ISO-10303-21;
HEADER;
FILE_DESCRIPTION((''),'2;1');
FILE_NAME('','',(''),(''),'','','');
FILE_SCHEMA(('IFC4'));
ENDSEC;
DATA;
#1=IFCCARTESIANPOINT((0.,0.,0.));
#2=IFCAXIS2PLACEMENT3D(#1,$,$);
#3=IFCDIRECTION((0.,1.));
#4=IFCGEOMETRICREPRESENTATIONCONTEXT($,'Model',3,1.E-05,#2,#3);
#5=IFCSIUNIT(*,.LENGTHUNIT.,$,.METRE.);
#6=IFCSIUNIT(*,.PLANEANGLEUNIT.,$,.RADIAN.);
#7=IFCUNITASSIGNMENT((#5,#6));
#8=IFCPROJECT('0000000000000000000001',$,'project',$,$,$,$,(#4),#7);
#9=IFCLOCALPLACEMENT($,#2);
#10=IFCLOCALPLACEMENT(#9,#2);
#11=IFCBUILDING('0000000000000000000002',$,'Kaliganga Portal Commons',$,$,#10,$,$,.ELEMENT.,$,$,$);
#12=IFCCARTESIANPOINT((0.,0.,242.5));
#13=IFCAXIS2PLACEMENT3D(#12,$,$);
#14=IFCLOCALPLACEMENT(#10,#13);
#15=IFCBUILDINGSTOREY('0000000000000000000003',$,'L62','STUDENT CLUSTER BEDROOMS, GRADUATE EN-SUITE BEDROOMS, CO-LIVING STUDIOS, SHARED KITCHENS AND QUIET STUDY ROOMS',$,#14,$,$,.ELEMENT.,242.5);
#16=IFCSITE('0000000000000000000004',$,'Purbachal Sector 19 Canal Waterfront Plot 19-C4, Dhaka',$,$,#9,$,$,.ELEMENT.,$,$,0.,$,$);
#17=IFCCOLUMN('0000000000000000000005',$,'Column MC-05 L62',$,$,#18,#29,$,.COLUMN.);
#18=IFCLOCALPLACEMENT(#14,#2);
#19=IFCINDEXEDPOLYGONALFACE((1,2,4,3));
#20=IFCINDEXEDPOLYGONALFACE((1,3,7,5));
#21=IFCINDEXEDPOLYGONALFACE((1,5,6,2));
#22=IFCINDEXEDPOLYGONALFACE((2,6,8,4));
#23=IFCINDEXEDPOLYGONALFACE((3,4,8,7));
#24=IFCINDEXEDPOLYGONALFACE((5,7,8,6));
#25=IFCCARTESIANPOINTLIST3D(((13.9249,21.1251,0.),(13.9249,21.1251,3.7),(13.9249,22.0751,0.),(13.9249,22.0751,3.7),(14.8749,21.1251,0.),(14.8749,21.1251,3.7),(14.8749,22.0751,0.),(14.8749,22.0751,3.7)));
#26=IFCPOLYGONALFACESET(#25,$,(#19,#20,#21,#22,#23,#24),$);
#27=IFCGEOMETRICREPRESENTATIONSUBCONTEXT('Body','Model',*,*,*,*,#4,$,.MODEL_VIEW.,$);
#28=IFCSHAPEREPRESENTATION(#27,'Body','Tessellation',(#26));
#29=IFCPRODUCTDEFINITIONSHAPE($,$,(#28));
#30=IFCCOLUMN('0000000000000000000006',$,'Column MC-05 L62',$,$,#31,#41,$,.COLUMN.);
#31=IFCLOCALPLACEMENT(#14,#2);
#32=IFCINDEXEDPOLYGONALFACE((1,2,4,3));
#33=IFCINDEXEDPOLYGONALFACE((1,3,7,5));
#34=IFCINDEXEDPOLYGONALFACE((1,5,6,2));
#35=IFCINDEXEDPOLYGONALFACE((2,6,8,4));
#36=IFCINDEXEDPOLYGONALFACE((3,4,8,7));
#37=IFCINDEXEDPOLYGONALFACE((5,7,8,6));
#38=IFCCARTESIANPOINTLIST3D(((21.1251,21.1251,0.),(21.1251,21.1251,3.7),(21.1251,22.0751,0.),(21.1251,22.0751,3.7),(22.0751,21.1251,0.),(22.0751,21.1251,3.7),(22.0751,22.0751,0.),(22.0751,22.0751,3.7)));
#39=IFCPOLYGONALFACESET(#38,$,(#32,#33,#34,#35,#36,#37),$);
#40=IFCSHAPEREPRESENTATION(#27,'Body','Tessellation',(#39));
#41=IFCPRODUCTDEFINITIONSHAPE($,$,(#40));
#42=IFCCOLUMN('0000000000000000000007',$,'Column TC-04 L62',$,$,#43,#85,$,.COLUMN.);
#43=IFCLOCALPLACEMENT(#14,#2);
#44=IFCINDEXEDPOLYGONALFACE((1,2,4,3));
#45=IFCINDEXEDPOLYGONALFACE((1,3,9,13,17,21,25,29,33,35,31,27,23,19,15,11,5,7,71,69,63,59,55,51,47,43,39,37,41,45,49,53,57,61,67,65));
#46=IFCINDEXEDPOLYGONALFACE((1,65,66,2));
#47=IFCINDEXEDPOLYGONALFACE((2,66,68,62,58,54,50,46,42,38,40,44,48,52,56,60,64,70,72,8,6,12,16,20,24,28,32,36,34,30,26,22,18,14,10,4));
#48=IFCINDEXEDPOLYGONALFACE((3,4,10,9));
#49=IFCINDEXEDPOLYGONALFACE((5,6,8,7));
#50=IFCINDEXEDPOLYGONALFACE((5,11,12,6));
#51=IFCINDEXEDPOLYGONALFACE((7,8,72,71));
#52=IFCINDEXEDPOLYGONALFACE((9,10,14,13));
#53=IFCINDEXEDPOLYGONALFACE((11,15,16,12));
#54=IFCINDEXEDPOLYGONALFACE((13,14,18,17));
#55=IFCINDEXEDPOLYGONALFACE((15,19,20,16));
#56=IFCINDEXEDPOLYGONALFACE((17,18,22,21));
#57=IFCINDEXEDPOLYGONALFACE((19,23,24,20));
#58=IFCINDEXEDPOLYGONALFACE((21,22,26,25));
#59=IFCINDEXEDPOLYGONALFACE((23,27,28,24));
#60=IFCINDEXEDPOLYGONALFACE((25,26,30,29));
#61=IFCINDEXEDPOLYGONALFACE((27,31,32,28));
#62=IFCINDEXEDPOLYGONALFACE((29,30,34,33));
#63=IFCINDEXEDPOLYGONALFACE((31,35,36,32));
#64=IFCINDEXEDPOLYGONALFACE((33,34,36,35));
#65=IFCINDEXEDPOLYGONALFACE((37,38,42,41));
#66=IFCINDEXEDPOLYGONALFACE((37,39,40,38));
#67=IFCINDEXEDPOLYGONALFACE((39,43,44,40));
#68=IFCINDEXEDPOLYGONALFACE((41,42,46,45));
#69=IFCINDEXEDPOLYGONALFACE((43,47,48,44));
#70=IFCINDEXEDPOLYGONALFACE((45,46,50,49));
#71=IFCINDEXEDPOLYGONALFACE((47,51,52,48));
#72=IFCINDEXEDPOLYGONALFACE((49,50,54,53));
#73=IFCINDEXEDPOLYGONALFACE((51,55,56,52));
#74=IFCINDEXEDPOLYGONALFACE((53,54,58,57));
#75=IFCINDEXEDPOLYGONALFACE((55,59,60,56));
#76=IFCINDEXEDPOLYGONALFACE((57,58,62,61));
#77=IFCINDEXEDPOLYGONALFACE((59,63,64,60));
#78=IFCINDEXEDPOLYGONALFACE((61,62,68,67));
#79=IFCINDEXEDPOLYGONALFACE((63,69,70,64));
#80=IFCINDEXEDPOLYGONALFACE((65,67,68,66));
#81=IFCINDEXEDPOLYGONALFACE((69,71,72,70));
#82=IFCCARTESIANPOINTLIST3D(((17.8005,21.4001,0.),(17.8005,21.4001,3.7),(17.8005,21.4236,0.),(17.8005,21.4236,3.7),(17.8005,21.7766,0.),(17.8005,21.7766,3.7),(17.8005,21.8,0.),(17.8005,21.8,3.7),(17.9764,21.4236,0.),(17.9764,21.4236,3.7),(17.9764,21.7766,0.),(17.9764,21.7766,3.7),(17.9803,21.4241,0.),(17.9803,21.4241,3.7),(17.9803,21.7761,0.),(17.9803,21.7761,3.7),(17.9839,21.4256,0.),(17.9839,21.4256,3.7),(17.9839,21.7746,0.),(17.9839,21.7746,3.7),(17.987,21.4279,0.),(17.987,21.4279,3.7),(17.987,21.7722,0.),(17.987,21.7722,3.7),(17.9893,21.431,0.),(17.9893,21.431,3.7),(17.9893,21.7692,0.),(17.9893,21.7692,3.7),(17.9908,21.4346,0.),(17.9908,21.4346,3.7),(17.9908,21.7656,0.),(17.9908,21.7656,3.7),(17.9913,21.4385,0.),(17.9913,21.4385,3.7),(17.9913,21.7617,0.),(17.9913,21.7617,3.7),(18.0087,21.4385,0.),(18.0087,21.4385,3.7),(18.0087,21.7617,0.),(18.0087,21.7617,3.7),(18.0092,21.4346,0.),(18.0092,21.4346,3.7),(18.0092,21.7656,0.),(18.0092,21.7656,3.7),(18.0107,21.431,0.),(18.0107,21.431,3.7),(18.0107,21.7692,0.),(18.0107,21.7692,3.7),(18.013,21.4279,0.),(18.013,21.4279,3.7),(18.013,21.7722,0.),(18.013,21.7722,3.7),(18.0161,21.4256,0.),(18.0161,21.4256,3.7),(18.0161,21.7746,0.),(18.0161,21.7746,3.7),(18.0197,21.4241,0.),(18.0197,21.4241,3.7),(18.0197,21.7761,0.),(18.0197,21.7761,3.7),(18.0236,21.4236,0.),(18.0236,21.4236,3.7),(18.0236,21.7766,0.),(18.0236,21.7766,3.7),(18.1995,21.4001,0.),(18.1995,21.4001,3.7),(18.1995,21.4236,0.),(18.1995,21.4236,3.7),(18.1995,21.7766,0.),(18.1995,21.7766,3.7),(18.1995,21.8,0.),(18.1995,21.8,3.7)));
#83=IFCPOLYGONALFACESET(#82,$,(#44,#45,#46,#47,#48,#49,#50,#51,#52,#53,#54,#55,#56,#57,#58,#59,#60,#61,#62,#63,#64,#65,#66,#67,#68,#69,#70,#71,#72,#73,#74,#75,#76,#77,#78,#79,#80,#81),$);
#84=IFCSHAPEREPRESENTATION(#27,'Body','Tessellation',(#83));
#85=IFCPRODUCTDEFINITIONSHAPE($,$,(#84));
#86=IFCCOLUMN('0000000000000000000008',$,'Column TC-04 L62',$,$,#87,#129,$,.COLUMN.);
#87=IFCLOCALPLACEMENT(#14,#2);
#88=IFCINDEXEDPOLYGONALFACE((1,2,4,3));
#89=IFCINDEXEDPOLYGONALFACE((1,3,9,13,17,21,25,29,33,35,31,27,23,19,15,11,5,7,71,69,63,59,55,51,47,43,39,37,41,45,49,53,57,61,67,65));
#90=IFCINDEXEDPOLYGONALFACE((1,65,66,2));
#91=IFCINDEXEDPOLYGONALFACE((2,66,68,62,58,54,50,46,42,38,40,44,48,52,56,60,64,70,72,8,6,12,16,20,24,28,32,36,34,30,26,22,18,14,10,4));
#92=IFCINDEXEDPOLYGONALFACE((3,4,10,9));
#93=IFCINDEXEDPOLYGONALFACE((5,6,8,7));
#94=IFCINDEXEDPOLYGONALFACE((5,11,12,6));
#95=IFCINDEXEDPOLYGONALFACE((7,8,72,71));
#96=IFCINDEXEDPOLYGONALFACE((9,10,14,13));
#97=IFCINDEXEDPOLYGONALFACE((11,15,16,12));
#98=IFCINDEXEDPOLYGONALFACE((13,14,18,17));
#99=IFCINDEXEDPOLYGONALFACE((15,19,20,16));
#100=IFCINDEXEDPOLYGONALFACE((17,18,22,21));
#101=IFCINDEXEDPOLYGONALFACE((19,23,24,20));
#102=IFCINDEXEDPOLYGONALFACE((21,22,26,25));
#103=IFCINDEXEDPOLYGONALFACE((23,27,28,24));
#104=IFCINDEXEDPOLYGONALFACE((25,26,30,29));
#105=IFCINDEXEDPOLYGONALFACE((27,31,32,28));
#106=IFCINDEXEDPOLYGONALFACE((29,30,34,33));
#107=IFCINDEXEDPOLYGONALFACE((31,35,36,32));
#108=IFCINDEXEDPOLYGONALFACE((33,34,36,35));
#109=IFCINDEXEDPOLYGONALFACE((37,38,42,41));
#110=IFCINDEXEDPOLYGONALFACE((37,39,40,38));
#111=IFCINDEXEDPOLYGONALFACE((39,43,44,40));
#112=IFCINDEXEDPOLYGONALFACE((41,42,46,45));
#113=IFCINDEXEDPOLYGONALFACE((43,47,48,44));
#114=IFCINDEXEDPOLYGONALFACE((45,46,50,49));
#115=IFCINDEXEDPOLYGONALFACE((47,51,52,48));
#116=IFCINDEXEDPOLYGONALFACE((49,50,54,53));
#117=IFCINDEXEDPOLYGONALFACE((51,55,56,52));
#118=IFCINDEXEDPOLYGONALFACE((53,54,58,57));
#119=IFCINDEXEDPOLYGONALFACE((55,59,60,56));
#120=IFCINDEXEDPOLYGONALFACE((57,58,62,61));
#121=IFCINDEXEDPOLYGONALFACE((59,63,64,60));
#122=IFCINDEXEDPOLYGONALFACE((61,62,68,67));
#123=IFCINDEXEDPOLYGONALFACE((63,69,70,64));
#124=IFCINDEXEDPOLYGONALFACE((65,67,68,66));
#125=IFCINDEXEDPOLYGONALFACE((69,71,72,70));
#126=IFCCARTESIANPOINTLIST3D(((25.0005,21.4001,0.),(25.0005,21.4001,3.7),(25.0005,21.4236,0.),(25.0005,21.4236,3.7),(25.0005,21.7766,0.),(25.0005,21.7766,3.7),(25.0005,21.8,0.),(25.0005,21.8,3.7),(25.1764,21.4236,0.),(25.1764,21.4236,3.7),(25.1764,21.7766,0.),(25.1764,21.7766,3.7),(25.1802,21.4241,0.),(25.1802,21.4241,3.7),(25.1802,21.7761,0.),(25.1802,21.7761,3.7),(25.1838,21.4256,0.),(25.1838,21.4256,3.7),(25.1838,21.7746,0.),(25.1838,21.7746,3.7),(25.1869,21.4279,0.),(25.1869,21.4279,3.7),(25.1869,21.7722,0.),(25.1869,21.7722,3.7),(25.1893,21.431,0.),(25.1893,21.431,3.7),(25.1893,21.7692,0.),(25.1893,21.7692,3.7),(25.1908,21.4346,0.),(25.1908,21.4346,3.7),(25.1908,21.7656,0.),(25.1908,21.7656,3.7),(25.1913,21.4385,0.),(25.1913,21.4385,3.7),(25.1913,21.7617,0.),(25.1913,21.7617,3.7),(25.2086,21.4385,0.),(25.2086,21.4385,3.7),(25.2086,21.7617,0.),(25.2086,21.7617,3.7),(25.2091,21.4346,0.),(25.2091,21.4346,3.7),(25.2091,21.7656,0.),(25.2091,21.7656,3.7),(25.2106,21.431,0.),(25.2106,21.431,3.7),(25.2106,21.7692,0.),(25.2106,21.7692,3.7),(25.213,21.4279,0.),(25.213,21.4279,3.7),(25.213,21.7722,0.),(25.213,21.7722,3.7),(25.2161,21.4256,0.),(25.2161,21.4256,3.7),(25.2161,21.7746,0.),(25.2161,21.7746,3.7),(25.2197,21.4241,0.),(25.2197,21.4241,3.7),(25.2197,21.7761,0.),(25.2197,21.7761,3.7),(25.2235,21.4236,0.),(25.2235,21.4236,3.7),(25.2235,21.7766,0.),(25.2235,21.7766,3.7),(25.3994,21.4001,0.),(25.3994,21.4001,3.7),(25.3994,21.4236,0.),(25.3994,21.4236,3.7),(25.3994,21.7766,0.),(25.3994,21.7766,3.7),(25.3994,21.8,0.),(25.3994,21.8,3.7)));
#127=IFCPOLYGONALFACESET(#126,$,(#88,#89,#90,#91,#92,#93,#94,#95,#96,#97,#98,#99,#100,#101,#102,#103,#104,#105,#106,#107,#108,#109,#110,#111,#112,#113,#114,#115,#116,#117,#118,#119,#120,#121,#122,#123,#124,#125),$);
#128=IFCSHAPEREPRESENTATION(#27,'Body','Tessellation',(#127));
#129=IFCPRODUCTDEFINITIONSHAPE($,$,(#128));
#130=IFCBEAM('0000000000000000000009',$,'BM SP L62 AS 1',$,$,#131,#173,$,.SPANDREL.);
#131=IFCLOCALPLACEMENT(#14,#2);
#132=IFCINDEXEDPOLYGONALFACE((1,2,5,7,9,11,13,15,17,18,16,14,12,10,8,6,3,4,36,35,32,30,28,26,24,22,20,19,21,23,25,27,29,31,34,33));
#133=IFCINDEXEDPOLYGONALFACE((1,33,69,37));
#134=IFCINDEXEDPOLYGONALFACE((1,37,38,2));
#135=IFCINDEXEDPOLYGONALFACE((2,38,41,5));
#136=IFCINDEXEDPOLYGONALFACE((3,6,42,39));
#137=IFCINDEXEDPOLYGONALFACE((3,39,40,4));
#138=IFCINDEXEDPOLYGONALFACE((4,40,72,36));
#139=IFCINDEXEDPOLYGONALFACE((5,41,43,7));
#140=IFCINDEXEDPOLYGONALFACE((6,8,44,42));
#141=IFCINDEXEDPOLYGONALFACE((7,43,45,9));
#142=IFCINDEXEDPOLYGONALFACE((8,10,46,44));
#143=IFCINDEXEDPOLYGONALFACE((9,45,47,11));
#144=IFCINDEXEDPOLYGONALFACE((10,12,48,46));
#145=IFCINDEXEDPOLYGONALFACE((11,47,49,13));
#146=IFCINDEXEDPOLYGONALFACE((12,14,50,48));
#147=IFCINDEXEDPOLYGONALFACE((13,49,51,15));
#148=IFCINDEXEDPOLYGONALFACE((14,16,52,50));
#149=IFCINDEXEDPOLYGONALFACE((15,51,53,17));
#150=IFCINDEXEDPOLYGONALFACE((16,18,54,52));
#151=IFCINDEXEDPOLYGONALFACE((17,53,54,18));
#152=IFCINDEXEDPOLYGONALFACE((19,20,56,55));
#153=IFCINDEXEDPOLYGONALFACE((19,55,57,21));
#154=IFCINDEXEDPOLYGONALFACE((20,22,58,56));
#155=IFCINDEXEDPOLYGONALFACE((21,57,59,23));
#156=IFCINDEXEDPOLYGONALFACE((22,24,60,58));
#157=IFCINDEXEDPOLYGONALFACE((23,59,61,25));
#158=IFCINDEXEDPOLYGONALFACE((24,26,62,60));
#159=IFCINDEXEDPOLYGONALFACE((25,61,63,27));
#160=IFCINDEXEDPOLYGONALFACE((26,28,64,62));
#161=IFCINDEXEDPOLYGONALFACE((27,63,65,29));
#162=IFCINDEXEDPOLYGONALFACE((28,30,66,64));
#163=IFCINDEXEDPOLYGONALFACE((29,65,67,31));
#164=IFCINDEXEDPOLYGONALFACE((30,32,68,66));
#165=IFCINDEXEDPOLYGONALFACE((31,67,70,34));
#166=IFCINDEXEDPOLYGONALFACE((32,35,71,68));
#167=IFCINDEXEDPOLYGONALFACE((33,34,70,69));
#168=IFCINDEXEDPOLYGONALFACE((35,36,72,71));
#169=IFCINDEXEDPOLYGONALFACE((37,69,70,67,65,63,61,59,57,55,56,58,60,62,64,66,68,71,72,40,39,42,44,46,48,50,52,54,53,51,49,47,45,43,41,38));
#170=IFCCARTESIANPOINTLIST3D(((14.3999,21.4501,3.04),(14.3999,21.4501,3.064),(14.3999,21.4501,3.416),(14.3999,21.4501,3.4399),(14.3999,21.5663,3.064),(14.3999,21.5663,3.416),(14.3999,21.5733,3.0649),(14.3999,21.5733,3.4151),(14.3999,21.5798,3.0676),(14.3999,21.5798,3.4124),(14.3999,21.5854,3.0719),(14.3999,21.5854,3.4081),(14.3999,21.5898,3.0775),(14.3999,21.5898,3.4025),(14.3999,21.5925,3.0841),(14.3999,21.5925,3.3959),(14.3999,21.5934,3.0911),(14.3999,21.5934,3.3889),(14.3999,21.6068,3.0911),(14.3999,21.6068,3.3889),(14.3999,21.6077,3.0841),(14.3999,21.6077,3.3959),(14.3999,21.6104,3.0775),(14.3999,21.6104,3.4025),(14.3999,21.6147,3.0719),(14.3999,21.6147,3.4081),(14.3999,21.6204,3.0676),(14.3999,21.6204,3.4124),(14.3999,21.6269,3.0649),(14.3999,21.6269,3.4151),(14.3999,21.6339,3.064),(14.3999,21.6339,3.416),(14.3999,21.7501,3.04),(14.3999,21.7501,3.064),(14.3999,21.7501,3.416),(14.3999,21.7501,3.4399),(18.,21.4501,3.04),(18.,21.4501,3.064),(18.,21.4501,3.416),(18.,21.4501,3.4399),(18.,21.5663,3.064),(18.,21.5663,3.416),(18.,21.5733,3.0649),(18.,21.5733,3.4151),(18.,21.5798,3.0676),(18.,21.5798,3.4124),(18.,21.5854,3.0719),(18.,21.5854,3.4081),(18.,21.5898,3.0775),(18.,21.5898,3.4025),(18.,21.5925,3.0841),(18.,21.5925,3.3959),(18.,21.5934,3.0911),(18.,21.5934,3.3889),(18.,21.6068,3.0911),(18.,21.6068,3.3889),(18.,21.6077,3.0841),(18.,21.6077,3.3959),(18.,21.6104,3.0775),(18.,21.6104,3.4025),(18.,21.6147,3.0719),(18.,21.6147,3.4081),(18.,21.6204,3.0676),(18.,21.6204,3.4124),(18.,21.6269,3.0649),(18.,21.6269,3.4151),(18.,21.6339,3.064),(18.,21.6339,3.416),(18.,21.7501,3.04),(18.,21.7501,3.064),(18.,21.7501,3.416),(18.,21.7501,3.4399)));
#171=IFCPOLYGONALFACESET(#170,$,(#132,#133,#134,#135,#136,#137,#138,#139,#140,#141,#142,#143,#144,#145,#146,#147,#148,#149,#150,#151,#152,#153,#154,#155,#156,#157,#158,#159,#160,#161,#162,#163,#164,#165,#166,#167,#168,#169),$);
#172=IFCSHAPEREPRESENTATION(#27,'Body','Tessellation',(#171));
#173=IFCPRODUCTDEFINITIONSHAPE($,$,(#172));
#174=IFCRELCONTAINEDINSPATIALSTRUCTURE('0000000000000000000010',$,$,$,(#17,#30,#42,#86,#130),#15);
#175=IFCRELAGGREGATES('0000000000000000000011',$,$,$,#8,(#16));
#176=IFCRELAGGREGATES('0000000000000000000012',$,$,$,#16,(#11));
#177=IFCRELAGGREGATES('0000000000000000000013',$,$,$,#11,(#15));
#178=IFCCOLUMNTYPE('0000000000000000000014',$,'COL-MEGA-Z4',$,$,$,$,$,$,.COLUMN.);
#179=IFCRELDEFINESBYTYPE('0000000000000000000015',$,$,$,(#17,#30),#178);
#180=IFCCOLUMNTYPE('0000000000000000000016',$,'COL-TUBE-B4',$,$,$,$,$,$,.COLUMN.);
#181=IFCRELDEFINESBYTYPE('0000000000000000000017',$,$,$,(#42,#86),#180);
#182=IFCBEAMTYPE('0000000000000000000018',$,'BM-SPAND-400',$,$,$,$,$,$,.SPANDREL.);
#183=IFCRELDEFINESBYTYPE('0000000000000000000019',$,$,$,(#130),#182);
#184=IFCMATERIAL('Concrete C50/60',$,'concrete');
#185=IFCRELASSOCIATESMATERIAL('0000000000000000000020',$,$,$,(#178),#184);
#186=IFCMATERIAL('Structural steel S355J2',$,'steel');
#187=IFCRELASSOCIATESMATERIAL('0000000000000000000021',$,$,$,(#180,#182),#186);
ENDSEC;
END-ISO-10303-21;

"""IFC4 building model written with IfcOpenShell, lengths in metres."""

from ifc_helpers import new_model, si_unit, direction, frame, origin, origin_2d, place, context, subcontext, project, spatial, rectangle, i_section, extrude, source, transform, mapped, material, material_profile, profile_set, type_object, element, save


model = new_model("IFC4")

# Units and contexts
model_context = context("Model", 3, precision=1e-05, world=origin(), true_north=direction((0.0, 1.0)))
body_context = subcontext(model_context, "Body", "Model", "MODEL_VIEW")
ifc_project = project(units=[si_unit("LENGTHUNIT", "METRE"), si_unit("PLANEANGLEUNIT", "RADIAN")], contexts=[model_context])

# Site, building, storey
site_placement = place(None, origin())
site = spatial("IfcSite", under=ifc_project, at=site_placement, Name="Purbachal Sector 19 Canal Waterfront Plot 19-C4, Dhaka", CompositionType="ELEMENT", RefElevation=0.0)
building_placement = place(site_placement, origin())
building = spatial("IfcBuilding", under=site, at=building_placement, Name="Kaliganga Portal Commons", CompositionType="ELEMENT")
storey_placement = place(building_placement, frame((0.0, 0.0, 242.5)))
storey = spatial("IfcBuildingStorey", under=building, at=storey_placement, Name="L62", Description="STUDENT CLUSTER BEDROOMS, GRADUATE EN-SUITE BEDROOMS, CO-LIVING STUDIOS, SHARED KITCHENS AND QUIET STUDY ROOMS", CompositionType="ELEMENT", Elevation=242.5)

# Columns
ifc_material_1 = material(Name="Concrete C50/60", Category="concrete")
ifc_material_profile_1 = material_profile(ifc_material_1, rectangle(XDim=0.95, YDim=0.95, at=origin_2d()), Name="RC 950x950")
ifc_profile_set_1 = profile_set([ifc_material_profile_1], Name="Concrete C50/60")
column_type_1 = type_object("IfcColumnType", Name="COL-MEGA-Z4", PredefinedType="COLUMN", material=ifc_profile_set_1)
shared_shape_1 = source(origin(), body_context, "Body", "SweptSolid", [
    extrude(rectangle(XDim=0.95, YDim=0.95, at=origin_2d()), origin(), (0.0, 0.0, 1.0), 3.7),
])
for number, where, z_axis, x_axis, name in (
    (1, (14.3999, 21.6001, 0.0), (0.0, 0.0, 1.0), (1.0, 0.0, 0.0), "Column MC-05 L62"),
    (2, (21.6001, 21.6001, 0.0), (0.0, 0.0, 1.0), (1.0, 0.0, 0.0), "Column MC-05 L62"),
):
    element("IfcColumn", number, at=place(storey_placement, frame(where, z_axis=z_axis, x_axis=x_axis)), inside=storey, type_object=column_type_1, Name=name, PredefinedType="COLUMN", context=body_context, shape_type="MappedRepresentation", body=[
        mapped(shared_shape_1, transform((0.0, 0.0, 0.0), x_axis=(1.0, 0.0, 0.0), y_axis=(0.0, 1.0, 0.0), z_axis=(0.0, 0.0, 1.0), scale=1.0)),
    ])
ifc_material_2 = material(Name="Structural steel S355J2", Category="steel")
ifc_material_profile_2 = material_profile(ifc_material_2, i_section(OverallWidth=0.3989, OverallDepth=0.3999, WebThickness=0.0173, FlangeThickness=0.0234, FilletRadius=0.0149, at=origin_2d()), Name="HD 400x287")
ifc_profile_set_2 = profile_set([ifc_material_profile_2], Name="Structural steel S355J2 wide-flange")
column_type_2 = type_object("IfcColumnType", Name="COL-TUBE-B4", PredefinedType="COLUMN", material=ifc_profile_set_2)
shared_shape_2 = source(origin(), body_context, "Body", "SweptSolid", [
    extrude(i_section(OverallWidth=0.3989, OverallDepth=0.3999, WebThickness=0.0173, FlangeThickness=0.0234, FilletRadius=0.0149, at=origin_2d()), origin(), (0.0, 0.0, 1.0), 3.7),
])
for number, where, z_axis, x_axis, name in (
    (3, (18.0, 21.6001, 0.0), (0.0, 0.0, 1.0), (1.0, 0.0, 0.0), "Column TC-04 L62"),
    (4, (25.2, 21.6001, 0.0), (0.0, 0.0, 1.0), (1.0, 0.0, 0.0), "Column TC-04 L62"),
):
    element("IfcColumn", number, at=place(storey_placement, frame(where, z_axis=z_axis, x_axis=x_axis)), inside=storey, type_object=column_type_2, Name=name, PredefinedType="COLUMN", context=body_context, shape_type="MappedRepresentation", body=[
        mapped(shared_shape_2, transform((0.0, 0.0, 0.0), x_axis=(1.0, 0.0, 0.0), y_axis=(0.0, 1.0, 0.0), z_axis=(0.0, 0.0, 1.0), scale=1.0)),
    ])

# Beam
ifc_material_profile_3 = material_profile(ifc_material_2, i_section(OverallWidth=0.3, OverallDepth=0.3999, WebThickness=0.0134, FlangeThickness=0.0239, FilletRadius=0.0271, at=origin_2d()), Name="HE 400 B")
ifc_profile_set_3 = profile_set([ifc_material_profile_3], Name="Structural steel S355J2 wide-flange")
beam_type_1 = type_object("IfcBeamType", Name="BM-SPAND-400", PredefinedType="SPANDREL", material=ifc_profile_set_3)
shared_shape_3 = source(origin(), body_context, "Body", "SweptSolid", [
    extrude(i_section(OverallWidth=0.3, OverallDepth=0.3999, WebThickness=0.0134, FlangeThickness=0.0239, FilletRadius=0.0271, at=origin_2d()), origin(), (0.0, 0.0, 1.0), 3.6001),
])
for number, where, z_axis, x_axis, name in (
    (5, (14.3999, 21.6001, 3.24), (1.0, 0.0, 0.0), (0.0, 1.0, 0.0), "BM SP L62 AS 1"),
):
    element("IfcBeam", number, at=place(storey_placement, frame(where, z_axis=z_axis, x_axis=x_axis)), inside=storey, type_object=beam_type_1, Name=name, PredefinedType="SPANDREL", context=body_context, shape_type="MappedRepresentation", body=[
        mapped(shared_shape_3, transform((0.0, 0.0, 0.0), x_axis=(1.0, 0.0, 0.0), y_axis=(0.0, 1.0, 0.0), z_axis=(0.0, 0.0, 1.0), scale=1.0)),
    ])

save(model, "model.ifc")
